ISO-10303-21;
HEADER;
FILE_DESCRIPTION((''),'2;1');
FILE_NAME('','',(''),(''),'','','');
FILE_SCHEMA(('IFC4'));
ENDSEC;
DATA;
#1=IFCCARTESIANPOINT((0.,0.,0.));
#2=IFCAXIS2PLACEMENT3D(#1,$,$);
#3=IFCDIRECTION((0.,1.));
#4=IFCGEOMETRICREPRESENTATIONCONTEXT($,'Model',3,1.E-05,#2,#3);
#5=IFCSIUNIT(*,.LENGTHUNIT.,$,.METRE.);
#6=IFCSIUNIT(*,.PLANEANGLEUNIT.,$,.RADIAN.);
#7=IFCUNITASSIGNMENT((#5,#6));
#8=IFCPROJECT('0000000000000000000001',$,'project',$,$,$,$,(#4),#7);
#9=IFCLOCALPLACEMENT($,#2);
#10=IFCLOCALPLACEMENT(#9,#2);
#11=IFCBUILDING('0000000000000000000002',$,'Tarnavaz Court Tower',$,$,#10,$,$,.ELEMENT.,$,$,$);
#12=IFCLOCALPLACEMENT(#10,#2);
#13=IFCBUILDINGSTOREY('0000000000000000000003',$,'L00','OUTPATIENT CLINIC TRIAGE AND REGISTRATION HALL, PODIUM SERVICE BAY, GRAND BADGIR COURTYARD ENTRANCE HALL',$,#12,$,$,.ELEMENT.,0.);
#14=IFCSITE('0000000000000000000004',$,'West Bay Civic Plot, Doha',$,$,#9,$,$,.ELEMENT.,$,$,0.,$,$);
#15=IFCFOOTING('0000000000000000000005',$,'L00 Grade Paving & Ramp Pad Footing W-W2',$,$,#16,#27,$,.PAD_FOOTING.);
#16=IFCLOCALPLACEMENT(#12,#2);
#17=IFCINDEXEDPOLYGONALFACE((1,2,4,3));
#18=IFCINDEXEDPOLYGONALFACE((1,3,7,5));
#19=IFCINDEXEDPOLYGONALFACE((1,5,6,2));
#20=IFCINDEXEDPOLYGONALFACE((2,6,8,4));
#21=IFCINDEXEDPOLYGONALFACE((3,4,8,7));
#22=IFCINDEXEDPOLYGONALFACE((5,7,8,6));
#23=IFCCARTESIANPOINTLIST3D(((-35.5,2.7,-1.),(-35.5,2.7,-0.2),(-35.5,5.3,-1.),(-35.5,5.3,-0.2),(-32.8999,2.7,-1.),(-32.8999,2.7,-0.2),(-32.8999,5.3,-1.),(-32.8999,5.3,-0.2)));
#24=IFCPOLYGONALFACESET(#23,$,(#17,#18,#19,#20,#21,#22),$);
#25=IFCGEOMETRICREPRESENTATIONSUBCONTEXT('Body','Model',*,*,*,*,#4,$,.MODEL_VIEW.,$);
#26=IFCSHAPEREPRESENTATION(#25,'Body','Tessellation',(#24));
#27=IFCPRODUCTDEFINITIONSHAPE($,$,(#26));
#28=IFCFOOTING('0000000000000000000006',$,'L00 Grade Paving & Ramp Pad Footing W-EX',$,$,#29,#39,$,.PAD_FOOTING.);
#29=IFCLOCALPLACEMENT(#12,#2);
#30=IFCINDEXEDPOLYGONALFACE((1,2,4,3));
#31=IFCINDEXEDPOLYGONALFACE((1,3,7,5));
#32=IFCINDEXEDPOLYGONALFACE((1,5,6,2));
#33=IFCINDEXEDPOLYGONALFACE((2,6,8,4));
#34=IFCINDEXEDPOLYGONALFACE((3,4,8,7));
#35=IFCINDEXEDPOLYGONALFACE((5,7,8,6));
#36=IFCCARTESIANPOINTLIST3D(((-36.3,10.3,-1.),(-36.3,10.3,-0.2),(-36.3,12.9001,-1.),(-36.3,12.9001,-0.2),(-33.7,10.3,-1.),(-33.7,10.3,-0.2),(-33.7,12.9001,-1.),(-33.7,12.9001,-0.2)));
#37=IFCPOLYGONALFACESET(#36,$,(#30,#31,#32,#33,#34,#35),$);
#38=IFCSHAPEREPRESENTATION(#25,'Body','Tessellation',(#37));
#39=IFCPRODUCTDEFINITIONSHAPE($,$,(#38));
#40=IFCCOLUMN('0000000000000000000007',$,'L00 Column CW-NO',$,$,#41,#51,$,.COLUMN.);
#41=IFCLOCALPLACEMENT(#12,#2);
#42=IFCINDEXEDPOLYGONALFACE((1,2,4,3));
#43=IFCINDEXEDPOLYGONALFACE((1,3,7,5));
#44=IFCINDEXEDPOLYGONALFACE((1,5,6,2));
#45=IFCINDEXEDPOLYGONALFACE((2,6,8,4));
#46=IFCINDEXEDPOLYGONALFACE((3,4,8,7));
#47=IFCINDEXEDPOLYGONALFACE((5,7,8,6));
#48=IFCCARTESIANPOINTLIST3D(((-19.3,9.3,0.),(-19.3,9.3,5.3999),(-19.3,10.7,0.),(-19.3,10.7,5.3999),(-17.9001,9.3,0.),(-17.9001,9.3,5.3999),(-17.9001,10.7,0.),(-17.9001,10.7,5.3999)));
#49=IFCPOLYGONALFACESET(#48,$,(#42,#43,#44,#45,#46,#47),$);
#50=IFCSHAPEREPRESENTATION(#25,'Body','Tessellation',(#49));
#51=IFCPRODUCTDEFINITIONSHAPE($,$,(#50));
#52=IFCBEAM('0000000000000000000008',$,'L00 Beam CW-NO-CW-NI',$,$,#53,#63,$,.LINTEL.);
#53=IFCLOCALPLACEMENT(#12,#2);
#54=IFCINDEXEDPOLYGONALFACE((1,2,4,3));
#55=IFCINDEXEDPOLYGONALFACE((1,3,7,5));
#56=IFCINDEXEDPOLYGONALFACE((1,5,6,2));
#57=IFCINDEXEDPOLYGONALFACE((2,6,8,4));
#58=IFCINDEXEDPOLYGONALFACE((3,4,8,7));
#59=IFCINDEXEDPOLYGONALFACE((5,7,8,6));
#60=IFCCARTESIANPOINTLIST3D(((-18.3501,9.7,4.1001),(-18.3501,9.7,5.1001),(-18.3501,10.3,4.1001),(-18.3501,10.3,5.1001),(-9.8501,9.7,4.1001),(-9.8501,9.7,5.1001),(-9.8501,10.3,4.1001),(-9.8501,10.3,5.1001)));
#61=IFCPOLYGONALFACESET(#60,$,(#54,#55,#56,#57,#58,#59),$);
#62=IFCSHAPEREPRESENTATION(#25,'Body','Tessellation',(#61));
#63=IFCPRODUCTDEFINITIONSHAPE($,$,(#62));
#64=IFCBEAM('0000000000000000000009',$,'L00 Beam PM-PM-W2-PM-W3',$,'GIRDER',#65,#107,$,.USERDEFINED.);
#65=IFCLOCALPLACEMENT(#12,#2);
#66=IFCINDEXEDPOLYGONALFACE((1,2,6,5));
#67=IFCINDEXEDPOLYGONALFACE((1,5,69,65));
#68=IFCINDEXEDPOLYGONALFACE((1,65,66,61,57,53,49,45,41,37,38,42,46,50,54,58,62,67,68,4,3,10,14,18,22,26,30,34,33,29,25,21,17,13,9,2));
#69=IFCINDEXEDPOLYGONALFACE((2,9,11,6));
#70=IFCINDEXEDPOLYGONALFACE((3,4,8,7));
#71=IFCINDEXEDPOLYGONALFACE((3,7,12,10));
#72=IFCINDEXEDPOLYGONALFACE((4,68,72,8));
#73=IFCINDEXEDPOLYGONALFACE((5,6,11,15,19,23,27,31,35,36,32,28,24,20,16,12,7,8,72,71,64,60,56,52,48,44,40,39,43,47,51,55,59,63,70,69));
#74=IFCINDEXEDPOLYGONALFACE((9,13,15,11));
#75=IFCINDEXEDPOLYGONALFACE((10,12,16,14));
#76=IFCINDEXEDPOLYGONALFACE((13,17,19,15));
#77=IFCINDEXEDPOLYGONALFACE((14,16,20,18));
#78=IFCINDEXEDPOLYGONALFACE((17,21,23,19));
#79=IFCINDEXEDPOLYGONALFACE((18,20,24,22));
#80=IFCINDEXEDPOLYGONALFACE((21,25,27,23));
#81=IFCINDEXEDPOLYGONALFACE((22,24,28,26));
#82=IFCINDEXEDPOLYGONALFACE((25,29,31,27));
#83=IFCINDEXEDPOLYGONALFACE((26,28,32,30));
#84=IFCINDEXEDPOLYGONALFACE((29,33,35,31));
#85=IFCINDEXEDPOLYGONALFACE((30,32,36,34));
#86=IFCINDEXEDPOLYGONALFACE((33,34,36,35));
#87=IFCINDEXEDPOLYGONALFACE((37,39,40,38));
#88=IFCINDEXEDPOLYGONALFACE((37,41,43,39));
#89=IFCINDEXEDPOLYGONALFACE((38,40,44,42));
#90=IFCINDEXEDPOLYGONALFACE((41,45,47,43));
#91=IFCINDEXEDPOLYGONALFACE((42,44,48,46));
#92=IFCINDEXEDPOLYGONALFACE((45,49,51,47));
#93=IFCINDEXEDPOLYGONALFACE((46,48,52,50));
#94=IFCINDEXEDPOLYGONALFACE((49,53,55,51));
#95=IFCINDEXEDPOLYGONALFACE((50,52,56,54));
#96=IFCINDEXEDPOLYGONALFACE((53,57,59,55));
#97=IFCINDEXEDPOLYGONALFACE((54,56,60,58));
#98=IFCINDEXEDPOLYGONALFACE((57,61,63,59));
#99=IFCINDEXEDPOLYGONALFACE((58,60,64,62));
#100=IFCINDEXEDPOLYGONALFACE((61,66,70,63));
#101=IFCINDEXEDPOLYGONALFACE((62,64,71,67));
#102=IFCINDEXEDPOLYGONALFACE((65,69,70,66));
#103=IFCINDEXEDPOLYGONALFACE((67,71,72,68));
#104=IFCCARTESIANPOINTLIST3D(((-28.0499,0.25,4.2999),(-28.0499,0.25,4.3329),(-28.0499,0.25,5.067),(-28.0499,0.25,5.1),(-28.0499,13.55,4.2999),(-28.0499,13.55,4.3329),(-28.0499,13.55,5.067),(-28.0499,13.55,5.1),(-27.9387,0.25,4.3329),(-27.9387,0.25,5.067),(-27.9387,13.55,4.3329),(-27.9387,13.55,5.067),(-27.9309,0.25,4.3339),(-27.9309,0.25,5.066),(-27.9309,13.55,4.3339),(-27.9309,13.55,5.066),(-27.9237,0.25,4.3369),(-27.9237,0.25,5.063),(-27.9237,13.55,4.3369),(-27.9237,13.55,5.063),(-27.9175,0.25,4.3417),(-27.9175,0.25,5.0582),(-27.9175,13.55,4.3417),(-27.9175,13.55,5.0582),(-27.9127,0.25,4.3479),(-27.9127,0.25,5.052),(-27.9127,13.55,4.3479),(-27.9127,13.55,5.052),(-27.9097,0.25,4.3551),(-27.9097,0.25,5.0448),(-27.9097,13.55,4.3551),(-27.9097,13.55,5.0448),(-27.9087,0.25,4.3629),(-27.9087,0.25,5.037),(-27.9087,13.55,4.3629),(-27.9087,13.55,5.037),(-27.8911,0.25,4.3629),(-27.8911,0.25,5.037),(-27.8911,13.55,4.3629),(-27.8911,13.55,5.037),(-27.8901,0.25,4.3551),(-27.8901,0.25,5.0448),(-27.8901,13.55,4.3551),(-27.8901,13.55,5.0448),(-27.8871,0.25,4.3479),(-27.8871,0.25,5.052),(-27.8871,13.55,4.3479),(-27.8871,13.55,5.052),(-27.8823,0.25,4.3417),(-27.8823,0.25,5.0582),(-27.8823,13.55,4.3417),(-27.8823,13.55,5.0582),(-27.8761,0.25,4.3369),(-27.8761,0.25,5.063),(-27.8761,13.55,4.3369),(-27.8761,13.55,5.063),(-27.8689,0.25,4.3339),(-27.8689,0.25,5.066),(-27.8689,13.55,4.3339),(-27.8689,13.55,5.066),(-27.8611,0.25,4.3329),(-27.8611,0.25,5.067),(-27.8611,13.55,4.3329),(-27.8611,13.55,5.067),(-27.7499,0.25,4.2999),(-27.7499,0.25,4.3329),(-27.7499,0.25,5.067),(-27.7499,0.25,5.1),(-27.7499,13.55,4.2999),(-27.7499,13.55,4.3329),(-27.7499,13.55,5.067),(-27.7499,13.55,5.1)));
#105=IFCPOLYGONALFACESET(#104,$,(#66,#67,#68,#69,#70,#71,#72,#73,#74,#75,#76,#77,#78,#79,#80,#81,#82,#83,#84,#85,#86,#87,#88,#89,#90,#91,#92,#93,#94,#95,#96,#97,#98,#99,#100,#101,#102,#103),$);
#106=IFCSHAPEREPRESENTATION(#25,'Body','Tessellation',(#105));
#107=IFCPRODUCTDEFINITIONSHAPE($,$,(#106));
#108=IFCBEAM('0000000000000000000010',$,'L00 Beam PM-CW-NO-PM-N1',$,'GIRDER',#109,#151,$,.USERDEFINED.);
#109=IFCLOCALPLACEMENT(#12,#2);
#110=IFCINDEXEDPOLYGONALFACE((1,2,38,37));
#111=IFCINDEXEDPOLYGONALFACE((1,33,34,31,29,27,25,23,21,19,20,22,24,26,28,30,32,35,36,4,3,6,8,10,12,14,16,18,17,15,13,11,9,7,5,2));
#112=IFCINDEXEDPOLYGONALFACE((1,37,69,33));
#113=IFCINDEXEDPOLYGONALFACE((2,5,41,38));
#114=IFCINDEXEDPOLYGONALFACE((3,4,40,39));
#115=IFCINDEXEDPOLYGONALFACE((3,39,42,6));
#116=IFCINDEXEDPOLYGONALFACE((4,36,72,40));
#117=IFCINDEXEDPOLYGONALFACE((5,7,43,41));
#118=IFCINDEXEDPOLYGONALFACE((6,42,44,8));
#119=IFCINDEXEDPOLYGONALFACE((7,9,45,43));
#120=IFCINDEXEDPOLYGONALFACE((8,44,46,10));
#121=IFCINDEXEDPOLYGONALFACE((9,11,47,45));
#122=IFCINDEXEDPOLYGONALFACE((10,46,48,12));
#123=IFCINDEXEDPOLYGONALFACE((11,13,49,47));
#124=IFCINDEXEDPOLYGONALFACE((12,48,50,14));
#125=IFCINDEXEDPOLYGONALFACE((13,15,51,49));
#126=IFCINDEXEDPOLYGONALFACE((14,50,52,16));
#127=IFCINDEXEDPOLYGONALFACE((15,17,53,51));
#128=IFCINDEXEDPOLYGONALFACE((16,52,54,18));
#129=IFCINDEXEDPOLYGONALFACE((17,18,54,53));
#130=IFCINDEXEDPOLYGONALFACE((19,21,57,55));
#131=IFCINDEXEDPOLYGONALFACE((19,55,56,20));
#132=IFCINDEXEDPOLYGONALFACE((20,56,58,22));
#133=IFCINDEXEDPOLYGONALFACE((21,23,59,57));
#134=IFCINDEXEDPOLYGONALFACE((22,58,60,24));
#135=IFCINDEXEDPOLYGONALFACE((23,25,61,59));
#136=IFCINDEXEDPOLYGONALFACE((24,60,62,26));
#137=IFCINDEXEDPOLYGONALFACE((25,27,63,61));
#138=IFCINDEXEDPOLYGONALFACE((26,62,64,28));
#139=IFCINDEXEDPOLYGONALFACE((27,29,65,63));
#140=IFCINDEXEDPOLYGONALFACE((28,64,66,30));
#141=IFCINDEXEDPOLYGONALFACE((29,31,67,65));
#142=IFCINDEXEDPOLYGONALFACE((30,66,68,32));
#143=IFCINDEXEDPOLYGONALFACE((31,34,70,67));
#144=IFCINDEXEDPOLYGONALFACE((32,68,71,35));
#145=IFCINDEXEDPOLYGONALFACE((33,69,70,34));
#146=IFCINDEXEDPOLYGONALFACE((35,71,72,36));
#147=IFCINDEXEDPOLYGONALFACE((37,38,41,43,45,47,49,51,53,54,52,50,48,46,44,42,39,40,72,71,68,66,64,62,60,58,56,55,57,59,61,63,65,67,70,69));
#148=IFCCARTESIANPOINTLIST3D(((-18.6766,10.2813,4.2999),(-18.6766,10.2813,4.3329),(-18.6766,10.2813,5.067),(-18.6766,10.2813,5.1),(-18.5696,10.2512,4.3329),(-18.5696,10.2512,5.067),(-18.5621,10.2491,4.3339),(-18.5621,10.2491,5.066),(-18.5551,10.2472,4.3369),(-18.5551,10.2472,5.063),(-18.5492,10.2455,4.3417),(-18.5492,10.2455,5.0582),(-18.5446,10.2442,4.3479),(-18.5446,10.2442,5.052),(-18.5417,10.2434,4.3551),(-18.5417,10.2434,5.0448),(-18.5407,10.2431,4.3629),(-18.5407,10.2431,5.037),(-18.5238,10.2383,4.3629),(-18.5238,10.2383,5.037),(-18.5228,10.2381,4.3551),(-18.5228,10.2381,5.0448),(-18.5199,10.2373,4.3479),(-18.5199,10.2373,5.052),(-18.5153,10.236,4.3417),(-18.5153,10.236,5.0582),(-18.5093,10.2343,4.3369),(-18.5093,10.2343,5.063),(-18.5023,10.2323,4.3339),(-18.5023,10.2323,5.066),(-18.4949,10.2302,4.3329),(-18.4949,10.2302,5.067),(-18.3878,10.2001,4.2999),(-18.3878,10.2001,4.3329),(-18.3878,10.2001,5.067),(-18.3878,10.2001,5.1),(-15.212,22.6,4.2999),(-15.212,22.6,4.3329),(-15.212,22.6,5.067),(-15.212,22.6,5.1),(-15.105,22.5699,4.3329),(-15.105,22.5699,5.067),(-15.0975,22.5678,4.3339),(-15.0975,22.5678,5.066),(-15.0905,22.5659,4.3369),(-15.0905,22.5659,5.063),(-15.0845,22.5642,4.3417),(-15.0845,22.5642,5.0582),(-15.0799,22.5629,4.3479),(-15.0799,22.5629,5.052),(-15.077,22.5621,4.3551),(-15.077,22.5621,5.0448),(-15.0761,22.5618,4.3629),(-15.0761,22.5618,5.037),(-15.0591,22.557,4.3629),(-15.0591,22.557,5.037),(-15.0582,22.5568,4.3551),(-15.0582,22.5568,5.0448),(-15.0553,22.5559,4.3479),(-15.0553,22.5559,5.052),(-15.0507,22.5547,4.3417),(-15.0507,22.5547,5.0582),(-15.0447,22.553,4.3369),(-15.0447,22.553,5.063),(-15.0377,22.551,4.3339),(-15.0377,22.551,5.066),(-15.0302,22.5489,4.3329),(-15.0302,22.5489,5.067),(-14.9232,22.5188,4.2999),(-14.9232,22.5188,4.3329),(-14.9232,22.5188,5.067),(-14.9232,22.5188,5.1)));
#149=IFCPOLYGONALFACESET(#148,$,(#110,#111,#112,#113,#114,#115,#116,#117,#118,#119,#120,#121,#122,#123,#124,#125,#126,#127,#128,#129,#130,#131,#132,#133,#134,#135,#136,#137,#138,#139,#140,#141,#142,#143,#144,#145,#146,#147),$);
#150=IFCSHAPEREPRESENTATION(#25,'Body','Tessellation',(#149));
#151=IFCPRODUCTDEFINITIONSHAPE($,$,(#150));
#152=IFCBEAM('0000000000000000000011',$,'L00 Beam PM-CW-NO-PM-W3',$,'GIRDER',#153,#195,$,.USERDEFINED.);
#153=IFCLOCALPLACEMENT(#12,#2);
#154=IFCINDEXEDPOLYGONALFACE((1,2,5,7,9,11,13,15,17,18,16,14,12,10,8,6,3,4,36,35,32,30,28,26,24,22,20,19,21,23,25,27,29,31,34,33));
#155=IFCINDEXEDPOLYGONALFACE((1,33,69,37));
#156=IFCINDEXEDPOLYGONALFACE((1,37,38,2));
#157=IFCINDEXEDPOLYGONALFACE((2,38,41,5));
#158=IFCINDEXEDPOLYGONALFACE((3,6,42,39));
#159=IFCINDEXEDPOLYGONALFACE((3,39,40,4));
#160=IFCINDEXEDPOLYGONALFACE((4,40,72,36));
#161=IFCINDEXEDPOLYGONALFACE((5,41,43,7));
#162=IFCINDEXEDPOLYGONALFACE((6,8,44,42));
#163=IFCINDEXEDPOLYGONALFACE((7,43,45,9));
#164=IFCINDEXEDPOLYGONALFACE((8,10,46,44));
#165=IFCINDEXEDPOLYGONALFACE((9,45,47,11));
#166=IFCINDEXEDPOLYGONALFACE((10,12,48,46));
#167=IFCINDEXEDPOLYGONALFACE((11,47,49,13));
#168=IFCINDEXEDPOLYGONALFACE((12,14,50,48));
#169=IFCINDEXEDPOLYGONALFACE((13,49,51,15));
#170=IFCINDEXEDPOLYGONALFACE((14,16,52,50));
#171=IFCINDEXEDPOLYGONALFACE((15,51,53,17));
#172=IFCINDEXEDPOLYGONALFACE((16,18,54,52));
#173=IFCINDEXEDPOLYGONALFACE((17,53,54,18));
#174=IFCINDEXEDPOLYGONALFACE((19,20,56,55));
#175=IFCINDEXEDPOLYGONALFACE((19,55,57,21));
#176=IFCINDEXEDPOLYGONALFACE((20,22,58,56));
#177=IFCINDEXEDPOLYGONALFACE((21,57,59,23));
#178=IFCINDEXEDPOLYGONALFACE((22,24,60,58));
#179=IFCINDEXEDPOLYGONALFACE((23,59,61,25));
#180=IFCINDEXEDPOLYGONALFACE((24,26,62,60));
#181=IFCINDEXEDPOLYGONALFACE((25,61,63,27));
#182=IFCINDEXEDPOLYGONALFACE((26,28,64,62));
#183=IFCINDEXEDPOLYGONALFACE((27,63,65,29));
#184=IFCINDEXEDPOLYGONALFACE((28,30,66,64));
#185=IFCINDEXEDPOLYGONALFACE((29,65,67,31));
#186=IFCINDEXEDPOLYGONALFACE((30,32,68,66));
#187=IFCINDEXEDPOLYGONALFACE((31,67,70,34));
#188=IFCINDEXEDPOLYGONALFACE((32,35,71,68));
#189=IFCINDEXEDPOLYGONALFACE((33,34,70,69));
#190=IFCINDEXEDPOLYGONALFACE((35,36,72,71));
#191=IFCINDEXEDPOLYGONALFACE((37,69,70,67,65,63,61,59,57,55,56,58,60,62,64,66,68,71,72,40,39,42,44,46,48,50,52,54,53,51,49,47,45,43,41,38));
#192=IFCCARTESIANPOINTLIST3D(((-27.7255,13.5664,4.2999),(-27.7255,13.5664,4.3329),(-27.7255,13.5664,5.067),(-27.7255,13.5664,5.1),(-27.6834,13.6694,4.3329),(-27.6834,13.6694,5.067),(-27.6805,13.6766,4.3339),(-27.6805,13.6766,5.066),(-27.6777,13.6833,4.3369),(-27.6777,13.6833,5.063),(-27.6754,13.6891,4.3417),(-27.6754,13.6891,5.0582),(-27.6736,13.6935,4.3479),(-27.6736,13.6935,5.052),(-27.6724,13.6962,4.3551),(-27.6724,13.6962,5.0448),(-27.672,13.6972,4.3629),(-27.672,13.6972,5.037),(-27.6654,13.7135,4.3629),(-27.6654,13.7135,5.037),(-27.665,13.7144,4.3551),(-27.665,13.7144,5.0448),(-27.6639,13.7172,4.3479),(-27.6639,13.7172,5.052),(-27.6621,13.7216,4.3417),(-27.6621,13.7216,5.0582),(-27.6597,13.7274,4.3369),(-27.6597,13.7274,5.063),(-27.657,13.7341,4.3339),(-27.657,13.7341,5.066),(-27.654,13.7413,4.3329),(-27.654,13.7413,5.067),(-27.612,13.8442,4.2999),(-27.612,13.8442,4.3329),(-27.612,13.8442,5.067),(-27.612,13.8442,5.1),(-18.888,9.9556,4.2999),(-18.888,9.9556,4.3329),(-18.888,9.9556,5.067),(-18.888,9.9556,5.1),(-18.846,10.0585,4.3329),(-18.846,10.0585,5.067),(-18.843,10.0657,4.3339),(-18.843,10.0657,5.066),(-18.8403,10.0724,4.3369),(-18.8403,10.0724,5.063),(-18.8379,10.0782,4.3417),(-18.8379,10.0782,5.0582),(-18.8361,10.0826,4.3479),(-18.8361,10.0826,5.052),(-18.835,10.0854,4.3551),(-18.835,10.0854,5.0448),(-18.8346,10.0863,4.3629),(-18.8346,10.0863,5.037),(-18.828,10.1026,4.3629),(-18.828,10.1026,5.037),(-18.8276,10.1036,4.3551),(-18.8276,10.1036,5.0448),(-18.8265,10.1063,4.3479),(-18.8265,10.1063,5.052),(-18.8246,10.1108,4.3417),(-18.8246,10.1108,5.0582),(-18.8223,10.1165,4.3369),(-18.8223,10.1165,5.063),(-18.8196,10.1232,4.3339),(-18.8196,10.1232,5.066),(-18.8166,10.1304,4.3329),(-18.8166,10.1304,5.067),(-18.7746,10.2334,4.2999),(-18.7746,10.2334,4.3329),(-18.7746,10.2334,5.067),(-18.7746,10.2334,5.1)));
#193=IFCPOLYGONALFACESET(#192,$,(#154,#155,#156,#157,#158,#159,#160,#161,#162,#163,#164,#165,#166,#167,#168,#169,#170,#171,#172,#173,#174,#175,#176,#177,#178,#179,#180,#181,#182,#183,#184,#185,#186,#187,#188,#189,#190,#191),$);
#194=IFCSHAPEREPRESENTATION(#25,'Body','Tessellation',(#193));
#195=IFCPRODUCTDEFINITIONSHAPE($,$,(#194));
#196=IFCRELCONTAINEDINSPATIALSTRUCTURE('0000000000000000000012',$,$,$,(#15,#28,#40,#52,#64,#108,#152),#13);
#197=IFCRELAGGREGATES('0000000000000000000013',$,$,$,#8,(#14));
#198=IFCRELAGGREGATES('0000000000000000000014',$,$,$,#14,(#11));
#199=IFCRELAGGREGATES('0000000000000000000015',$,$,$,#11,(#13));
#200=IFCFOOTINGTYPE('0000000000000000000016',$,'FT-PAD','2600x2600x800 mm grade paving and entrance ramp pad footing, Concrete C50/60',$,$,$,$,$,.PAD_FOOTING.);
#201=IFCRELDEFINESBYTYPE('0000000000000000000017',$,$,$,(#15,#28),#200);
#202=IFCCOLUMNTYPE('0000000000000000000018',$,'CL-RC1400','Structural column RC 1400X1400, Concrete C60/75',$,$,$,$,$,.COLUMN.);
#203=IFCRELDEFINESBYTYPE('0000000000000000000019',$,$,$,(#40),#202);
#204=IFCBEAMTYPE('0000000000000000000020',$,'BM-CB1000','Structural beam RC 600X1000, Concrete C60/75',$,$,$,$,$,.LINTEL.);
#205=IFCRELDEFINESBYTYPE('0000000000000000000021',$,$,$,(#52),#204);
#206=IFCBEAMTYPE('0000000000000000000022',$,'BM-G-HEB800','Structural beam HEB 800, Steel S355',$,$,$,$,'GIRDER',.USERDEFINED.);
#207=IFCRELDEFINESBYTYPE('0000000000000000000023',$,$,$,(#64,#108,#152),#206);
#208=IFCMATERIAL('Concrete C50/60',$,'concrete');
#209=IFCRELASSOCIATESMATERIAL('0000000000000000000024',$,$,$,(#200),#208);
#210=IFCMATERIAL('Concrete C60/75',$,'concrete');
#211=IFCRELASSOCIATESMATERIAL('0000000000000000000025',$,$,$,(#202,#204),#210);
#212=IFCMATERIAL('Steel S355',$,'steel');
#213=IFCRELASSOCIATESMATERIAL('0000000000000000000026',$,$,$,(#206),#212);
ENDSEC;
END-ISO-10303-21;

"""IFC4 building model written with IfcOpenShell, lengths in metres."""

from ifc_helpers import new_model, si_unit, direction, frame, origin, origin_2d, place, context, subcontext, project, spatial, rectangle, i_section, extrude, material, material_profile, profile_set, type_object, element, save


model = new_model("IFC4")

# Units and contexts
model_context = context("Model", 3, precision=1e-05, world=origin(), true_north=direction((0.0, 1.0)))
body_context = subcontext(model_context, "Body", "Model", "MODEL_VIEW")
ifc_project = project(units=[si_unit("LENGTHUNIT", "METRE"), si_unit("PLANEANGLEUNIT", "RADIAN")], contexts=[model_context])

# Site, building, storey
site_placement = place(None, origin())
site = spatial("IfcSite", under=ifc_project, at=site_placement, Name="West Bay Civic Plot, Doha", CompositionType="ELEMENT", RefElevation=0.0)
building_placement = place(site_placement, origin())
building = spatial("IfcBuilding", under=site, at=building_placement, Name="Tarnavaz Court Tower", CompositionType="ELEMENT")
storey_placement = place(building_placement, origin())
storey = spatial("IfcBuildingStorey", under=building, at=storey_placement, Name="L00", Description="OUTPATIENT CLINIC TRIAGE AND REGISTRATION HALL, PODIUM SERVICE BAY, GRAND BADGIR COURTYARD ENTRANCE HALL", CompositionType="ELEMENT", Elevation=0.0)

# Footings
ifc_material_1 = material(Name="Concrete C50/60", Category="concrete")
footing_type = type_object("IfcFootingType", Name="FT-PAD", Description="2600x2600x800 mm grade paving and entrance ramp pad footing, Concrete C50/60", PredefinedType="PAD_FOOTING", material=ifc_material_1)
for number, where, z_axis, x_axis, name in (
    (1, (-34.2, 4.0, -1.0), (0.0, 0.0, 1.0), (1.0, 0.0, 0.0), "L00 Grade Paving & Ramp Pad Footing W-W2"),
    (2, (-35.0, 11.6001, -1.0), (0.0, 0.0, 1.0), (1.0, 0.0, 0.0), "L00 Grade Paving & Ramp Pad Footing W-EX"),
):
    element("IfcFooting", number, at=place(storey_placement, frame(where, z_axis=z_axis, x_axis=x_axis)), inside=storey, type_object=footing_type, Name=name, PredefinedType="PAD_FOOTING", context=body_context, shape_type="SweptSolid", body=[
        extrude(rectangle(XDim=2.6001, YDim=2.6001, at=origin_2d()), origin(), (0.0, 0.0, 1.0), 0.8),
    ])

# Column
ifc_material_2 = material(Name="Concrete C60/75", Category="concrete")
ifc_material_profile_1 = material_profile(ifc_material_2, rectangle(XDim=1.3999, YDim=1.3999, at=origin_2d()), Name="RC 1400X1400")
ifc_profile_set_1 = profile_set([ifc_material_profile_1], Name="Concrete C60/75")
column_type = type_object("IfcColumnType", Name="CL-RC1400", Description="Structural column RC 1400X1400, Concrete C60/75", PredefinedType="COLUMN", material=ifc_profile_set_1)
column_placement = place(storey_placement, frame((-18.6001, 10.0, 0.0), z_axis=(0.0, 0.0, 1.0), x_axis=(1.0, 0.0, 0.0)))
element("IfcColumn", 3, at=column_placement, inside=storey, type_object=column_type, Name="L00 Column CW-NO", PredefinedType="COLUMN", context=body_context, shape_type="SweptSolid", body=[
    extrude(rectangle(XDim=1.3999, YDim=1.3999, at=origin_2d()), origin(), (0.0, 0.0, 1.0), 5.3999),
])

# Beams
ifc_material_profile_2 = material_profile(ifc_material_2, rectangle(XDim=0.6001, YDim=1.0, at=origin_2d()), Name="RC 600X1000")
ifc_profile_set_2 = profile_set([ifc_material_profile_2], Name="Concrete C60/75")
beam_type_1 = type_object("IfcBeamType", Name="BM-CB1000", Description="Structural beam RC 600X1000, Concrete C60/75", PredefinedType="LINTEL", material=ifc_profile_set_2)
beam_1_placement = place(storey_placement, frame((-18.3501, 10.0, 4.6001), z_axis=(1.0, 0.0, 0.0), x_axis=(0.0, 1.0, 0.0)))
element("IfcBeam", 4, at=beam_1_placement, inside=storey, type_object=beam_type_1, Name="L00 Beam CW-NO-CW-NI", PredefinedType="LINTEL", context=body_context, shape_type="SweptSolid", body=[
    extrude(rectangle(XDim=0.6001, YDim=1.0, at=origin_2d()), origin(), (0.0, 0.0, 1.0), 8.5),
])
ifc_material_3 = material(Name="Steel S355", Category="steel")
ifc_material_profile_3 = material_profile(ifc_material_3, i_section(OverallWidth=0.3, OverallDepth=0.8, WebThickness=0.0176, FlangeThickness=0.033, FilletRadius=0.03, at=origin_2d()), Name="HEB 800")
ifc_profile_set_3 = profile_set([ifc_material_profile_3], Name="Steel S355")
beam_type_2 = type_object("IfcBeamType", Name="BM-G-HEB800", Description="Structural beam HEB 800, Steel S355", ElementType="GIRDER", PredefinedType="USERDEFINED", material=ifc_profile_set_3)
beam_2_placement = place(storey_placement, frame((-27.8999, 0.25, 4.7), z_axis=(0.0, 1.0, 0.0), x_axis=(-1.0, 0.0, 0.0)))
element("IfcBeam", 5, at=beam_2_placement, inside=storey, type_object=beam_type_2, Name="L00 Beam PM-PM-W2-PM-W3", ObjectType="GIRDER", PredefinedType="USERDEFINED", context=body_context, shape_type="SweptSolid", body=[
    extrude(i_section(OverallWidth=0.3, OverallDepth=0.8, WebThickness=0.0176, FlangeThickness=0.033, FilletRadius=0.03, at=origin_2d()), origin(), (0.0, 0.0, 1.0), 13.3),
])
beam_3_placement = place(storey_placement, frame((-18.5322, 10.2407, 4.7), z_axis=(0.270745, 0.962651, 0.0), x_axis=(-0.962651, 0.270745, 0.0)))
element("IfcBeam", 6, at=beam_3_placement, inside=storey, type_object=beam_type_2, Name="L00 Beam PM-CW-NO-PM-N1", ObjectType="GIRDER", PredefinedType="USERDEFINED", context=body_context, shape_type="SweptSolid", body=[
    extrude(i_section(OverallWidth=0.3, OverallDepth=0.8, WebThickness=0.0176, FlangeThickness=0.033, FilletRadius=0.03, at=origin_2d()), origin(), (0.0, 0.0, 1.0), 12.7966),
])
beam_4_placement = place(storey_placement, frame((-18.8313, 10.0945, 4.7), z_axis=(-0.925711, 0.378233, 0.0), x_axis=(-0.378233, -0.925711, 0.0)))
element("IfcBeam", 7, at=beam_4_placement, inside=storey, type_object=beam_type_2, Name="L00 Beam PM-CW-NO-PM-W3", ObjectType="GIRDER", PredefinedType="USERDEFINED", context=body_context, shape_type="SweptSolid", body=[
    extrude(i_section(OverallWidth=0.3, OverallDepth=0.8, WebThickness=0.0176, FlangeThickness=0.033, FilletRadius=0.03, at=origin_2d()), origin(), (0.0, 0.0, 1.0), 9.5466),
])

save(model, "model.ifc")
